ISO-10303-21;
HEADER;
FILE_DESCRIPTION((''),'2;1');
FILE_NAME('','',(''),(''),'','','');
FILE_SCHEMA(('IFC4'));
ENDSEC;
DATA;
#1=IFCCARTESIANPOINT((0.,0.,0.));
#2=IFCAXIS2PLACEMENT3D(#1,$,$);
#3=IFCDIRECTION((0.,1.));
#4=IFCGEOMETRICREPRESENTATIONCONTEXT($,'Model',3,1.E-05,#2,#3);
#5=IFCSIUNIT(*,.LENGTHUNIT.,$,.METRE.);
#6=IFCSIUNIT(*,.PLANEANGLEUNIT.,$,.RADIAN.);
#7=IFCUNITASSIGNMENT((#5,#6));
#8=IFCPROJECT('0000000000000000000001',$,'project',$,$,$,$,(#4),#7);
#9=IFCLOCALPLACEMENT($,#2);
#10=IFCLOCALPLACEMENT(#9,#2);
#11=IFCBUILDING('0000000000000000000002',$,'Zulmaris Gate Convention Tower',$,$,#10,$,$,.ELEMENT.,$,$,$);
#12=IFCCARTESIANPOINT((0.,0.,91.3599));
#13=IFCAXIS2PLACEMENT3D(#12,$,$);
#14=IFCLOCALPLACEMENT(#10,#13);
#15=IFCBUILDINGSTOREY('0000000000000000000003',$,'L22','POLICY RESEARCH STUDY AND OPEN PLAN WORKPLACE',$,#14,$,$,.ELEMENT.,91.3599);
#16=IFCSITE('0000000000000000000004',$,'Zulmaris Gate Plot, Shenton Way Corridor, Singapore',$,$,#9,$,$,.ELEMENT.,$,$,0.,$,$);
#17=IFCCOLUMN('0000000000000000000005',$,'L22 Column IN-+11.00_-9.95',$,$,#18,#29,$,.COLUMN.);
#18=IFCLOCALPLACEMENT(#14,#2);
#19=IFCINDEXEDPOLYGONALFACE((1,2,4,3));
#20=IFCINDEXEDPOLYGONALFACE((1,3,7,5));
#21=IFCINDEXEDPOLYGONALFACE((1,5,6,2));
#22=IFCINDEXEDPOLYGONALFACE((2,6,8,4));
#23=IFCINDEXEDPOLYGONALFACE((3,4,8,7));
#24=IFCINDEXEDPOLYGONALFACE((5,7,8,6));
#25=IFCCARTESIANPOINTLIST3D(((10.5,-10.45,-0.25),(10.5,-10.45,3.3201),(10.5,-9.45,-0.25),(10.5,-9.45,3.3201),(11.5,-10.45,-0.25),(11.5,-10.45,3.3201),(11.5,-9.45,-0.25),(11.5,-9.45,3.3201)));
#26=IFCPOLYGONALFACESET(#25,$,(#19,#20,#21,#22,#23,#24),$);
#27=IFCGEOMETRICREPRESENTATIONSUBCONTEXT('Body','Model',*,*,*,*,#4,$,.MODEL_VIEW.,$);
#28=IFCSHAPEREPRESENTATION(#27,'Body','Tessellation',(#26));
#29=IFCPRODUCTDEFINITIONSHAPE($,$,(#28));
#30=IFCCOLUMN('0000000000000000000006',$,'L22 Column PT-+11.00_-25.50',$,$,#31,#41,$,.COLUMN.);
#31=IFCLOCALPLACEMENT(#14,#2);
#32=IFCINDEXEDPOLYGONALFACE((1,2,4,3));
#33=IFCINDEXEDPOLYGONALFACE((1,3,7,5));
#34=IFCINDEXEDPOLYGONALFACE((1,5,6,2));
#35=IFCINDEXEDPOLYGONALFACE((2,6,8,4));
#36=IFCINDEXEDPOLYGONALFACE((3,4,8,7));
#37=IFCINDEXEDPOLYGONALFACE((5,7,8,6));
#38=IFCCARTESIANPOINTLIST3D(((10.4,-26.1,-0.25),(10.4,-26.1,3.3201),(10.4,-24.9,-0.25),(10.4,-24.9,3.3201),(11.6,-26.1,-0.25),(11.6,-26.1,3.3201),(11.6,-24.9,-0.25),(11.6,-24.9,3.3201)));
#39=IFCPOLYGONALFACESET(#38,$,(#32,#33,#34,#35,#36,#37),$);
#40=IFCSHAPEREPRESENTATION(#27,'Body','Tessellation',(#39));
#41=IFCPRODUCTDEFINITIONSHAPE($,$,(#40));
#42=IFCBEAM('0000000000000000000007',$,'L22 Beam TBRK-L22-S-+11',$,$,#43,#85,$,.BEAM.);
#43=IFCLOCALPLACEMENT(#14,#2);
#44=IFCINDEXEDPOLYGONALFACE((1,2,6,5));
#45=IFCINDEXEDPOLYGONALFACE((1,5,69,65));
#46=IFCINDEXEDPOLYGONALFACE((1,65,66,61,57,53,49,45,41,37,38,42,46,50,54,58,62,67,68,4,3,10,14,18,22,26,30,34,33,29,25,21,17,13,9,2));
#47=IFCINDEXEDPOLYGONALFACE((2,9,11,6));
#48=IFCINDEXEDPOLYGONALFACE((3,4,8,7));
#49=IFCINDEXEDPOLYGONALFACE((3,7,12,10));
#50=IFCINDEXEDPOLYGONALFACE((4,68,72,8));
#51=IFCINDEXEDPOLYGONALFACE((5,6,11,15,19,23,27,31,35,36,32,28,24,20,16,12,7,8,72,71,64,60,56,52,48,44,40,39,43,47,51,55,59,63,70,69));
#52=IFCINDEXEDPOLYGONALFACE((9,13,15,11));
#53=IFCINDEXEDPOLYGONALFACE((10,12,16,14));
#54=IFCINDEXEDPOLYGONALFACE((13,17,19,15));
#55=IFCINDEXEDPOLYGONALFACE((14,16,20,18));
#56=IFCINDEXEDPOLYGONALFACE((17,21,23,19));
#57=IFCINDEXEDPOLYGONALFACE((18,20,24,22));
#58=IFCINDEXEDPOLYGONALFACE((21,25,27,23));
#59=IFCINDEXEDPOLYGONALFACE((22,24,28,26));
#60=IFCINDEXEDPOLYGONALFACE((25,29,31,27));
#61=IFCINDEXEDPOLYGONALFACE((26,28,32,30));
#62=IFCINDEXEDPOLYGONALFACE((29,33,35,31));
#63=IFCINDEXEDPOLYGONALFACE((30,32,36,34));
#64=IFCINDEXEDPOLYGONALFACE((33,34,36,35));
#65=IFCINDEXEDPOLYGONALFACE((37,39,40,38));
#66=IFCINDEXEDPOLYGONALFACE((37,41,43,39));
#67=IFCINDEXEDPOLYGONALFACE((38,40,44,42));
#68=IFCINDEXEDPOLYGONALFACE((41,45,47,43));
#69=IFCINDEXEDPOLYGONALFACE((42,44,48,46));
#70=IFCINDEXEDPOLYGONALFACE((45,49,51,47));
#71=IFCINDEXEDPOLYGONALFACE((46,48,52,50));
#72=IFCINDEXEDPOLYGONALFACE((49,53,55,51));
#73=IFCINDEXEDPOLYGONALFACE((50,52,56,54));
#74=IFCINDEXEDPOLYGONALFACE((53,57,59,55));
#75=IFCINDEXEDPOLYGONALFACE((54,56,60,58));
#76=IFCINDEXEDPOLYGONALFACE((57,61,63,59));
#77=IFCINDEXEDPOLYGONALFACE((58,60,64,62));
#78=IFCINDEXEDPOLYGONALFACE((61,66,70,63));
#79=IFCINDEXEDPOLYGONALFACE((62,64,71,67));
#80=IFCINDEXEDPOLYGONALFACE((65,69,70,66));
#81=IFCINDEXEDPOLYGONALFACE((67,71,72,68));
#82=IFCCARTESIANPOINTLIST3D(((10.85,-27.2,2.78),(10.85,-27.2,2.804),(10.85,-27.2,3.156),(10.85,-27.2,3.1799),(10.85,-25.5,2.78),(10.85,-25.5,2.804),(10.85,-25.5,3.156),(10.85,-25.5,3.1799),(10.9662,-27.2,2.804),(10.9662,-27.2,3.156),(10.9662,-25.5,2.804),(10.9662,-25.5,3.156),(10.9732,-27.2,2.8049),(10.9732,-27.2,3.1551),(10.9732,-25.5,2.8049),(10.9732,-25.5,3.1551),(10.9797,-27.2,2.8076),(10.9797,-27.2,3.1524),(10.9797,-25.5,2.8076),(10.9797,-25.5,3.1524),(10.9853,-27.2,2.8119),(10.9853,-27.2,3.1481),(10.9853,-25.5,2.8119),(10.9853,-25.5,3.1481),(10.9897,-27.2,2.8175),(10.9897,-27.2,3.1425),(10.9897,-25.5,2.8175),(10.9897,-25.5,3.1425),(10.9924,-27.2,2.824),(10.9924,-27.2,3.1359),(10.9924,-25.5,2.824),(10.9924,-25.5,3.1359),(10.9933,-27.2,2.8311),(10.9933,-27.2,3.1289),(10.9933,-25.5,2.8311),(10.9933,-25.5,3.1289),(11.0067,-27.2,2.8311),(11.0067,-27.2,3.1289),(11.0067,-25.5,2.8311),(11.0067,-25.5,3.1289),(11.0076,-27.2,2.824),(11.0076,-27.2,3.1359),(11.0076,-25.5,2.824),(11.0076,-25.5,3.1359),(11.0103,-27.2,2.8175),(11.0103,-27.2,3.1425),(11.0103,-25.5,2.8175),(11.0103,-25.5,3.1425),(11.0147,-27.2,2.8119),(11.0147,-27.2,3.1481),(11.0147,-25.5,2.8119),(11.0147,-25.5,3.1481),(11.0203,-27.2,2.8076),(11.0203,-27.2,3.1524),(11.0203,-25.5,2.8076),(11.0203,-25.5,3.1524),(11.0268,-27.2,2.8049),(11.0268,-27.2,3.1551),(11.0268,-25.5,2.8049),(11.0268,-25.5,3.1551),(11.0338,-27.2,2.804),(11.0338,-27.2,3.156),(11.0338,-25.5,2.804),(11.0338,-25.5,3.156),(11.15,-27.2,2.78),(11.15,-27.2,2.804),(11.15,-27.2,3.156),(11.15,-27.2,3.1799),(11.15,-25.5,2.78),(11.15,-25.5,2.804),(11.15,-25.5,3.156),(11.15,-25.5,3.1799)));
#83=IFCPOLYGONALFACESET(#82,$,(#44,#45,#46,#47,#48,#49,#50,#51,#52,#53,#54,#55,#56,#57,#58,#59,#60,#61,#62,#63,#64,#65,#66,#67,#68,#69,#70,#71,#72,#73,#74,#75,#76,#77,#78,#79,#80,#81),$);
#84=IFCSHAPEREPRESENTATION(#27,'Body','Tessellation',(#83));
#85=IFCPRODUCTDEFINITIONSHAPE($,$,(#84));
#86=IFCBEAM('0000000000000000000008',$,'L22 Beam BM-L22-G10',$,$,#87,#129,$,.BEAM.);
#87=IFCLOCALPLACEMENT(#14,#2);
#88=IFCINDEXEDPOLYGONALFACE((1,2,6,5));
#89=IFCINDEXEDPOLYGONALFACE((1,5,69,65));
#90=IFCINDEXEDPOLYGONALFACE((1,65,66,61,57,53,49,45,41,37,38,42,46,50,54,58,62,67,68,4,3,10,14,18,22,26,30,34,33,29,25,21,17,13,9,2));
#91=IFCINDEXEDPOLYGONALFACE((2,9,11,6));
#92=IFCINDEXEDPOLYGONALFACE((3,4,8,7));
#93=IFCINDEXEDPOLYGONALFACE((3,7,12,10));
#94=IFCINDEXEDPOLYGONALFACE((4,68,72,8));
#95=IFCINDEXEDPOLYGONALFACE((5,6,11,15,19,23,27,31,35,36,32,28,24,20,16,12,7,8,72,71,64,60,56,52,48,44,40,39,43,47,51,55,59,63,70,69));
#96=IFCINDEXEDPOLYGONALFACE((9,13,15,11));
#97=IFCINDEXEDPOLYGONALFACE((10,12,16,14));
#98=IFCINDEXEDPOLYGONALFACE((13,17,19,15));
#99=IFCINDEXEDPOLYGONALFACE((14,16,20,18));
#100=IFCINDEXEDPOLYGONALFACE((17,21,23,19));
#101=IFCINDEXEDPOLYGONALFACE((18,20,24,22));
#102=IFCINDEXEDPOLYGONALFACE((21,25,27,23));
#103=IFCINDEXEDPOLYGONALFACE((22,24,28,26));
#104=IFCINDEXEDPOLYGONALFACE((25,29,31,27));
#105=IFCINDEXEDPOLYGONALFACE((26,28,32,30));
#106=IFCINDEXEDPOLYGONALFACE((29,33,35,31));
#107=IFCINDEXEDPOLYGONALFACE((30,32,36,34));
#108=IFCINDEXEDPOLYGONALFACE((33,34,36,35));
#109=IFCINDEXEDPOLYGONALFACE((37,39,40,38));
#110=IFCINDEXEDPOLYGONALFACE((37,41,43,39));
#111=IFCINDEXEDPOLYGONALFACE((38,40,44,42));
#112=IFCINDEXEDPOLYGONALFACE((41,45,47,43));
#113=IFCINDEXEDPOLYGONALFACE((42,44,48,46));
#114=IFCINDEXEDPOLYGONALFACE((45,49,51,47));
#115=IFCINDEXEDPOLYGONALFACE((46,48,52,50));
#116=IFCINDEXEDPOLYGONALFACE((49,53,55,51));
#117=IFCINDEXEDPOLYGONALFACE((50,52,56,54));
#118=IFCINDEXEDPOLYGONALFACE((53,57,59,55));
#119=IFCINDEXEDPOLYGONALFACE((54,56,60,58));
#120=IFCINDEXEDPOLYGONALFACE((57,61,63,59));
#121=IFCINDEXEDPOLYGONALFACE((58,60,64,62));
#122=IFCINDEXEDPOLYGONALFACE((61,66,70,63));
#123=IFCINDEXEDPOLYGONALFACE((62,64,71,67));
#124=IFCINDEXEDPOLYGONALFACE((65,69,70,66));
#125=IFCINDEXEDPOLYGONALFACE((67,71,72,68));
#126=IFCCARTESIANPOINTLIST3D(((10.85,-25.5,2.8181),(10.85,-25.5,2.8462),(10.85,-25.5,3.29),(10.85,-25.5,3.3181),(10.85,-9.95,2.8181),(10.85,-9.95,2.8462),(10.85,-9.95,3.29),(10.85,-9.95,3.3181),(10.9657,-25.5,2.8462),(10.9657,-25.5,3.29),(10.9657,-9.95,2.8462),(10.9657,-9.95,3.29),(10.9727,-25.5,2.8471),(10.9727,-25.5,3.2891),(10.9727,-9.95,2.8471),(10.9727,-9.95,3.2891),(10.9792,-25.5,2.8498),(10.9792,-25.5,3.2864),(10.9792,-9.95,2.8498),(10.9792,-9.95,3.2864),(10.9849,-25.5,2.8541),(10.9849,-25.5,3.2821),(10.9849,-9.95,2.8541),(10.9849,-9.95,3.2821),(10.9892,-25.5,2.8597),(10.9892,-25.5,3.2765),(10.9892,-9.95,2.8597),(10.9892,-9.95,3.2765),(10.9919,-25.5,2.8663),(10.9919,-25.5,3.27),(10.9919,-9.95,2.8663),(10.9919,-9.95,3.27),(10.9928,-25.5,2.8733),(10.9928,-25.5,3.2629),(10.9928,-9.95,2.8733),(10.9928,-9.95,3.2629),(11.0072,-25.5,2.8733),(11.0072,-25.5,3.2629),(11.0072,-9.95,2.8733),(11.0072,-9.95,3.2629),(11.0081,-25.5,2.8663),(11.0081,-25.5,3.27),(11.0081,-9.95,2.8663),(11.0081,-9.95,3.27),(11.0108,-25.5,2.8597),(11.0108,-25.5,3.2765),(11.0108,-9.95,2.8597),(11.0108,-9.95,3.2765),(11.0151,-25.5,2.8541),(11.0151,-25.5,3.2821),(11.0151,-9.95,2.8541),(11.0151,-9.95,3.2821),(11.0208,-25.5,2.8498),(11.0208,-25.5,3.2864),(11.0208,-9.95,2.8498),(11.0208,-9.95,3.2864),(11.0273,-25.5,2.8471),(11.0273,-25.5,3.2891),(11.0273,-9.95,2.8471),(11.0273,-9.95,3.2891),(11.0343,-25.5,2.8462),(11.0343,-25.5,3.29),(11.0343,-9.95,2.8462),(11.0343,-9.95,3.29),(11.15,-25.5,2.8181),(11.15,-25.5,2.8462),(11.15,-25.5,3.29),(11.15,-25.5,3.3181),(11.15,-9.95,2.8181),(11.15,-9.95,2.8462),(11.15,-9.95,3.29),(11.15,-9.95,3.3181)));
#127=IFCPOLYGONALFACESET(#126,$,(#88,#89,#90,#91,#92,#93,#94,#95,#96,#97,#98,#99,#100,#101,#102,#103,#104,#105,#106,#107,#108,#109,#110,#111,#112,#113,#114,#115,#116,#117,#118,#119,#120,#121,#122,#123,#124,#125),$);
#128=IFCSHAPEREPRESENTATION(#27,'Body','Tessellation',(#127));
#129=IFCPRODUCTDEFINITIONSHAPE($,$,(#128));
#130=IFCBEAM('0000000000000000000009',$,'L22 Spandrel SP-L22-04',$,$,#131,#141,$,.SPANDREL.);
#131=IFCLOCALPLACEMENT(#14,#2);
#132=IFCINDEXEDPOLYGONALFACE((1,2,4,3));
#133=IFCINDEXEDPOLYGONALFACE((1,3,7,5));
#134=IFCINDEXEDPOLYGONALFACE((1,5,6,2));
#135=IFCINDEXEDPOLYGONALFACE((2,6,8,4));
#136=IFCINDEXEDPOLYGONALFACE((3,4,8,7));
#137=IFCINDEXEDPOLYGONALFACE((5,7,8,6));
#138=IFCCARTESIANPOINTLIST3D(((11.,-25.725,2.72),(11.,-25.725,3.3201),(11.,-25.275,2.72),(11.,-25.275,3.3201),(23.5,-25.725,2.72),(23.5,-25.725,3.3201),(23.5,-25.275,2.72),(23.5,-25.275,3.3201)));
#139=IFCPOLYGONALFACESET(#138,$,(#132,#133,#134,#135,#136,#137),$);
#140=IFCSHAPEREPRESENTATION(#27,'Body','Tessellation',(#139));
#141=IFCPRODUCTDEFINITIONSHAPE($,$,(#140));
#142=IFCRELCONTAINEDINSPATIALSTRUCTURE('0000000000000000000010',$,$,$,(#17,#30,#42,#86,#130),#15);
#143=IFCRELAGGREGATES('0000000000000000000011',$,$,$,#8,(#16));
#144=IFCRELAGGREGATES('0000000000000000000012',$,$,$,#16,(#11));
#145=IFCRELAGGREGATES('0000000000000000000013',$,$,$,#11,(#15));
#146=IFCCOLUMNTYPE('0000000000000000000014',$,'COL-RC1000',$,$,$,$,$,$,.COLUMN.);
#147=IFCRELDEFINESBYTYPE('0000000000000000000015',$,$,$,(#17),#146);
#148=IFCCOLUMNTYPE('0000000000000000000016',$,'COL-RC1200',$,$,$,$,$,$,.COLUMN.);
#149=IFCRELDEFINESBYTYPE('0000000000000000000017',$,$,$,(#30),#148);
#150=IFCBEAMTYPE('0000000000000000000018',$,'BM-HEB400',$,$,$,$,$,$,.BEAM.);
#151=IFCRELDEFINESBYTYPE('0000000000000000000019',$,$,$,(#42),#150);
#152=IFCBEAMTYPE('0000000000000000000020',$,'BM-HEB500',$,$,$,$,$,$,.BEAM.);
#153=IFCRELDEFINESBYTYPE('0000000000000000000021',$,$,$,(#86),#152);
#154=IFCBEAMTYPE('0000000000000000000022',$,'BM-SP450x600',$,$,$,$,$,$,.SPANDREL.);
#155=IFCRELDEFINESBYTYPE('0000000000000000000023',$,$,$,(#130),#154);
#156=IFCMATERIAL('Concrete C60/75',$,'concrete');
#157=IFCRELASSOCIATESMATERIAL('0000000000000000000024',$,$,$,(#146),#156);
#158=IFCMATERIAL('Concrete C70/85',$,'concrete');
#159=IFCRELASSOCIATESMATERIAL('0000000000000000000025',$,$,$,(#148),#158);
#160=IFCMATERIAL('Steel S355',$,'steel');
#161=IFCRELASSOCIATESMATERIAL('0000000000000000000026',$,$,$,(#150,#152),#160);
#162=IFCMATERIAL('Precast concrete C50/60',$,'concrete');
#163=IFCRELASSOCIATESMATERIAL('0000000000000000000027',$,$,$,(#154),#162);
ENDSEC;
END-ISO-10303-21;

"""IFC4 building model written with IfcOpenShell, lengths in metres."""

from ifc_helpers import new_model, si_unit, direction, frame, origin, origin_2d, place, context, subcontext, project, spatial, rectangle, i_section, extrude, material, material_profile, profile_set, type_object, element, save


model = new_model("IFC4")

# Units and contexts
model_context = context("Model", 3, precision=1e-05, world=origin(), true_north=direction((0.0, 1.0)))
body_context = subcontext(model_context, "Body", "Model", "MODEL_VIEW")
ifc_project = project(units=[si_unit("LENGTHUNIT", "METRE"), si_unit("PLANEANGLEUNIT", "RADIAN")], contexts=[model_context])

# Site, building, storey
site_placement = place(None, origin())
site = spatial("IfcSite", under=ifc_project, at=site_placement, Name="Zulmaris Gate Plot, Shenton Way Corridor, Singapore", CompositionType="ELEMENT", RefElevation=0.0)
building_placement = place(site_placement, origin())
building = spatial("IfcBuilding", under=site, at=building_placement, Name="Zulmaris Gate Convention Tower", CompositionType="ELEMENT")
storey_placement = place(building_placement, frame((0.0, 0.0, 91.3599)))
storey = spatial("IfcBuildingStorey", under=building, at=storey_placement, Name="L22", Description="POLICY RESEARCH STUDY AND OPEN PLAN WORKPLACE", CompositionType="ELEMENT", Elevation=91.3599)

# Columns
ifc_material_1 = material(Name="Concrete C60/75", Category="concrete")
ifc_material_profile_1 = material_profile(ifc_material_1, rectangle(XDim=1.0, YDim=1.0, at=origin_2d()), Name="RC COL 1000x1000")
ifc_profile_set_1 = profile_set([ifc_material_profile_1], Name="Concrete C60/75")
column_type_1 = type_object("IfcColumnType", Name="COL-RC1000", PredefinedType="COLUMN", material=ifc_profile_set_1)
column_1_placement = place(storey_placement, frame((11.0, -9.95, -0.25), z_axis=(0.0, 0.0, 1.0), x_axis=(1.0, 0.0, 0.0)))
element("IfcColumn", 1, at=column_1_placement, inside=storey, type_object=column_type_1, Name="L22 Column IN-+11.00_-9.95", PredefinedType="COLUMN", context=body_context, shape_type="SweptSolid", body=[
    extrude(rectangle(XDim=1.0, YDim=1.0, at=origin_2d()), origin(), (0.0, 0.0, 1.0), 3.5701),
])
ifc_material_2 = material(Name="Concrete C70/85", Category="concrete")
ifc_material_profile_2 = material_profile(ifc_material_2, rectangle(XDim=1.2, YDim=1.2, at=origin_2d()), Name="RC COL 1200x1200")
ifc_profile_set_2 = profile_set([ifc_material_profile_2], Name="Concrete C70/85")
column_type_2 = type_object("IfcColumnType", Name="COL-RC1200", PredefinedType="COLUMN", material=ifc_profile_set_2)
column_2_placement = place(storey_placement, frame((11.0, -25.5, -0.25), z_axis=(0.0, 0.0, 1.0), x_axis=(1.0, 0.0, 0.0)))
element("IfcColumn", 2, at=column_2_placement, inside=storey, type_object=column_type_2, Name="L22 Column PT-+11.00_-25.50", PredefinedType="COLUMN", context=body_context, shape_type="SweptSolid", body=[
    extrude(rectangle(XDim=1.2, YDim=1.2, at=origin_2d()), origin(), (0.0, 0.0, 1.0), 3.5701),
])

# Beams
ifc_material_3 = material(Name="Steel S355", Category="steel")
ifc_material_profile_3 = material_profile(ifc_material_3, i_section(OverallWidth=0.3, OverallDepth=0.3999, WebThickness=0.0134, FlangeThickness=0.0239, FilletRadius=0.0271, at=origin_2d()), Name="HEB 400")
ifc_profile_set_3 = profile_set([ifc_material_profile_3], Name="Steel S355")
beam_type_1 = type_object("IfcBeamType", Name="BM-HEB400", PredefinedType="BEAM", material=ifc_profile_set_3)
beam_1_placement = place(storey_placement, frame((11.0, -27.2, 2.98), z_axis=(0.0, 1.0, 0.0), x_axis=(-1.0, 0.0, 0.0)))
element("IfcBeam", 3, at=beam_1_placement, inside=storey, type_object=beam_type_1, Name="L22 Beam TBRK-L22-S-+11", PredefinedType="BEAM", context=body_context, shape_type="SweptSolid", body=[
    extrude(i_section(OverallWidth=0.3, OverallDepth=0.3999, WebThickness=0.0134, FlangeThickness=0.0239, FilletRadius=0.0271, at=origin_2d()), origin(), (0.0, 0.0, 1.0), 1.7),
])
ifc_material_profile_4 = material_profile(ifc_material_3, i_section(OverallWidth=0.3, OverallDepth=0.5, WebThickness=0.0144, FlangeThickness=0.0281, FilletRadius=0.0271, at=origin_2d()), Name="HEB 500")
ifc_profile_set_4 = profile_set([ifc_material_profile_4], Name="Steel S355")
beam_type_2 = type_object("IfcBeamType", Name="BM-HEB500", PredefinedType="BEAM", material=ifc_profile_set_4)
beam_2_placement = place(storey_placement, frame((11.0, -25.5, 3.0681), z_axis=(0.0, 1.0, 0.0), x_axis=(-1.0, 0.0, 0.0)))
element("IfcBeam", 4, at=beam_2_placement, inside=storey, type_object=beam_type_2, Name="L22 Beam BM-L22-G10", PredefinedType="BEAM", context=body_context, shape_type="SweptSolid", body=[
    extrude(i_section(OverallWidth=0.3, OverallDepth=0.5, WebThickness=0.0144, FlangeThickness=0.0281, FilletRadius=0.0271, at=origin_2d()), origin(), (0.0, 0.0, 1.0), 15.55),
])
ifc_material_4 = material(Name="Precast concrete C50/60", Category="concrete")
ifc_material_profile_5 = material_profile(ifc_material_4, rectangle(XDim=0.45, YDim=0.6001, at=origin_2d()), Name="RC SPANDREL 450x600")
ifc_profile_set_5 = profile_set([ifc_material_profile_5], Name="Precast concrete C50/60")
beam_type_3 = type_object("IfcBeamType", Name="BM-SP450x600", PredefinedType="SPANDREL", material=ifc_profile_set_5)
beam_3_placement = place(storey_placement, frame((11.0, -25.5, 3.02), z_axis=(1.0, 0.0, 0.0), x_axis=(0.0, 1.0, 0.0)))
element("IfcBeam", 5, at=beam_3_placement, inside=storey, type_object=beam_type_3, Name="L22 Spandrel SP-L22-04", PredefinedType="SPANDREL", context=body_context, shape_type="SweptSolid", body=[
    extrude(rectangle(XDim=0.45, YDim=0.6001, at=origin_2d()), origin(), (0.0, 0.0, 1.0), 12.5),
])

save(model, "model.ifc")
